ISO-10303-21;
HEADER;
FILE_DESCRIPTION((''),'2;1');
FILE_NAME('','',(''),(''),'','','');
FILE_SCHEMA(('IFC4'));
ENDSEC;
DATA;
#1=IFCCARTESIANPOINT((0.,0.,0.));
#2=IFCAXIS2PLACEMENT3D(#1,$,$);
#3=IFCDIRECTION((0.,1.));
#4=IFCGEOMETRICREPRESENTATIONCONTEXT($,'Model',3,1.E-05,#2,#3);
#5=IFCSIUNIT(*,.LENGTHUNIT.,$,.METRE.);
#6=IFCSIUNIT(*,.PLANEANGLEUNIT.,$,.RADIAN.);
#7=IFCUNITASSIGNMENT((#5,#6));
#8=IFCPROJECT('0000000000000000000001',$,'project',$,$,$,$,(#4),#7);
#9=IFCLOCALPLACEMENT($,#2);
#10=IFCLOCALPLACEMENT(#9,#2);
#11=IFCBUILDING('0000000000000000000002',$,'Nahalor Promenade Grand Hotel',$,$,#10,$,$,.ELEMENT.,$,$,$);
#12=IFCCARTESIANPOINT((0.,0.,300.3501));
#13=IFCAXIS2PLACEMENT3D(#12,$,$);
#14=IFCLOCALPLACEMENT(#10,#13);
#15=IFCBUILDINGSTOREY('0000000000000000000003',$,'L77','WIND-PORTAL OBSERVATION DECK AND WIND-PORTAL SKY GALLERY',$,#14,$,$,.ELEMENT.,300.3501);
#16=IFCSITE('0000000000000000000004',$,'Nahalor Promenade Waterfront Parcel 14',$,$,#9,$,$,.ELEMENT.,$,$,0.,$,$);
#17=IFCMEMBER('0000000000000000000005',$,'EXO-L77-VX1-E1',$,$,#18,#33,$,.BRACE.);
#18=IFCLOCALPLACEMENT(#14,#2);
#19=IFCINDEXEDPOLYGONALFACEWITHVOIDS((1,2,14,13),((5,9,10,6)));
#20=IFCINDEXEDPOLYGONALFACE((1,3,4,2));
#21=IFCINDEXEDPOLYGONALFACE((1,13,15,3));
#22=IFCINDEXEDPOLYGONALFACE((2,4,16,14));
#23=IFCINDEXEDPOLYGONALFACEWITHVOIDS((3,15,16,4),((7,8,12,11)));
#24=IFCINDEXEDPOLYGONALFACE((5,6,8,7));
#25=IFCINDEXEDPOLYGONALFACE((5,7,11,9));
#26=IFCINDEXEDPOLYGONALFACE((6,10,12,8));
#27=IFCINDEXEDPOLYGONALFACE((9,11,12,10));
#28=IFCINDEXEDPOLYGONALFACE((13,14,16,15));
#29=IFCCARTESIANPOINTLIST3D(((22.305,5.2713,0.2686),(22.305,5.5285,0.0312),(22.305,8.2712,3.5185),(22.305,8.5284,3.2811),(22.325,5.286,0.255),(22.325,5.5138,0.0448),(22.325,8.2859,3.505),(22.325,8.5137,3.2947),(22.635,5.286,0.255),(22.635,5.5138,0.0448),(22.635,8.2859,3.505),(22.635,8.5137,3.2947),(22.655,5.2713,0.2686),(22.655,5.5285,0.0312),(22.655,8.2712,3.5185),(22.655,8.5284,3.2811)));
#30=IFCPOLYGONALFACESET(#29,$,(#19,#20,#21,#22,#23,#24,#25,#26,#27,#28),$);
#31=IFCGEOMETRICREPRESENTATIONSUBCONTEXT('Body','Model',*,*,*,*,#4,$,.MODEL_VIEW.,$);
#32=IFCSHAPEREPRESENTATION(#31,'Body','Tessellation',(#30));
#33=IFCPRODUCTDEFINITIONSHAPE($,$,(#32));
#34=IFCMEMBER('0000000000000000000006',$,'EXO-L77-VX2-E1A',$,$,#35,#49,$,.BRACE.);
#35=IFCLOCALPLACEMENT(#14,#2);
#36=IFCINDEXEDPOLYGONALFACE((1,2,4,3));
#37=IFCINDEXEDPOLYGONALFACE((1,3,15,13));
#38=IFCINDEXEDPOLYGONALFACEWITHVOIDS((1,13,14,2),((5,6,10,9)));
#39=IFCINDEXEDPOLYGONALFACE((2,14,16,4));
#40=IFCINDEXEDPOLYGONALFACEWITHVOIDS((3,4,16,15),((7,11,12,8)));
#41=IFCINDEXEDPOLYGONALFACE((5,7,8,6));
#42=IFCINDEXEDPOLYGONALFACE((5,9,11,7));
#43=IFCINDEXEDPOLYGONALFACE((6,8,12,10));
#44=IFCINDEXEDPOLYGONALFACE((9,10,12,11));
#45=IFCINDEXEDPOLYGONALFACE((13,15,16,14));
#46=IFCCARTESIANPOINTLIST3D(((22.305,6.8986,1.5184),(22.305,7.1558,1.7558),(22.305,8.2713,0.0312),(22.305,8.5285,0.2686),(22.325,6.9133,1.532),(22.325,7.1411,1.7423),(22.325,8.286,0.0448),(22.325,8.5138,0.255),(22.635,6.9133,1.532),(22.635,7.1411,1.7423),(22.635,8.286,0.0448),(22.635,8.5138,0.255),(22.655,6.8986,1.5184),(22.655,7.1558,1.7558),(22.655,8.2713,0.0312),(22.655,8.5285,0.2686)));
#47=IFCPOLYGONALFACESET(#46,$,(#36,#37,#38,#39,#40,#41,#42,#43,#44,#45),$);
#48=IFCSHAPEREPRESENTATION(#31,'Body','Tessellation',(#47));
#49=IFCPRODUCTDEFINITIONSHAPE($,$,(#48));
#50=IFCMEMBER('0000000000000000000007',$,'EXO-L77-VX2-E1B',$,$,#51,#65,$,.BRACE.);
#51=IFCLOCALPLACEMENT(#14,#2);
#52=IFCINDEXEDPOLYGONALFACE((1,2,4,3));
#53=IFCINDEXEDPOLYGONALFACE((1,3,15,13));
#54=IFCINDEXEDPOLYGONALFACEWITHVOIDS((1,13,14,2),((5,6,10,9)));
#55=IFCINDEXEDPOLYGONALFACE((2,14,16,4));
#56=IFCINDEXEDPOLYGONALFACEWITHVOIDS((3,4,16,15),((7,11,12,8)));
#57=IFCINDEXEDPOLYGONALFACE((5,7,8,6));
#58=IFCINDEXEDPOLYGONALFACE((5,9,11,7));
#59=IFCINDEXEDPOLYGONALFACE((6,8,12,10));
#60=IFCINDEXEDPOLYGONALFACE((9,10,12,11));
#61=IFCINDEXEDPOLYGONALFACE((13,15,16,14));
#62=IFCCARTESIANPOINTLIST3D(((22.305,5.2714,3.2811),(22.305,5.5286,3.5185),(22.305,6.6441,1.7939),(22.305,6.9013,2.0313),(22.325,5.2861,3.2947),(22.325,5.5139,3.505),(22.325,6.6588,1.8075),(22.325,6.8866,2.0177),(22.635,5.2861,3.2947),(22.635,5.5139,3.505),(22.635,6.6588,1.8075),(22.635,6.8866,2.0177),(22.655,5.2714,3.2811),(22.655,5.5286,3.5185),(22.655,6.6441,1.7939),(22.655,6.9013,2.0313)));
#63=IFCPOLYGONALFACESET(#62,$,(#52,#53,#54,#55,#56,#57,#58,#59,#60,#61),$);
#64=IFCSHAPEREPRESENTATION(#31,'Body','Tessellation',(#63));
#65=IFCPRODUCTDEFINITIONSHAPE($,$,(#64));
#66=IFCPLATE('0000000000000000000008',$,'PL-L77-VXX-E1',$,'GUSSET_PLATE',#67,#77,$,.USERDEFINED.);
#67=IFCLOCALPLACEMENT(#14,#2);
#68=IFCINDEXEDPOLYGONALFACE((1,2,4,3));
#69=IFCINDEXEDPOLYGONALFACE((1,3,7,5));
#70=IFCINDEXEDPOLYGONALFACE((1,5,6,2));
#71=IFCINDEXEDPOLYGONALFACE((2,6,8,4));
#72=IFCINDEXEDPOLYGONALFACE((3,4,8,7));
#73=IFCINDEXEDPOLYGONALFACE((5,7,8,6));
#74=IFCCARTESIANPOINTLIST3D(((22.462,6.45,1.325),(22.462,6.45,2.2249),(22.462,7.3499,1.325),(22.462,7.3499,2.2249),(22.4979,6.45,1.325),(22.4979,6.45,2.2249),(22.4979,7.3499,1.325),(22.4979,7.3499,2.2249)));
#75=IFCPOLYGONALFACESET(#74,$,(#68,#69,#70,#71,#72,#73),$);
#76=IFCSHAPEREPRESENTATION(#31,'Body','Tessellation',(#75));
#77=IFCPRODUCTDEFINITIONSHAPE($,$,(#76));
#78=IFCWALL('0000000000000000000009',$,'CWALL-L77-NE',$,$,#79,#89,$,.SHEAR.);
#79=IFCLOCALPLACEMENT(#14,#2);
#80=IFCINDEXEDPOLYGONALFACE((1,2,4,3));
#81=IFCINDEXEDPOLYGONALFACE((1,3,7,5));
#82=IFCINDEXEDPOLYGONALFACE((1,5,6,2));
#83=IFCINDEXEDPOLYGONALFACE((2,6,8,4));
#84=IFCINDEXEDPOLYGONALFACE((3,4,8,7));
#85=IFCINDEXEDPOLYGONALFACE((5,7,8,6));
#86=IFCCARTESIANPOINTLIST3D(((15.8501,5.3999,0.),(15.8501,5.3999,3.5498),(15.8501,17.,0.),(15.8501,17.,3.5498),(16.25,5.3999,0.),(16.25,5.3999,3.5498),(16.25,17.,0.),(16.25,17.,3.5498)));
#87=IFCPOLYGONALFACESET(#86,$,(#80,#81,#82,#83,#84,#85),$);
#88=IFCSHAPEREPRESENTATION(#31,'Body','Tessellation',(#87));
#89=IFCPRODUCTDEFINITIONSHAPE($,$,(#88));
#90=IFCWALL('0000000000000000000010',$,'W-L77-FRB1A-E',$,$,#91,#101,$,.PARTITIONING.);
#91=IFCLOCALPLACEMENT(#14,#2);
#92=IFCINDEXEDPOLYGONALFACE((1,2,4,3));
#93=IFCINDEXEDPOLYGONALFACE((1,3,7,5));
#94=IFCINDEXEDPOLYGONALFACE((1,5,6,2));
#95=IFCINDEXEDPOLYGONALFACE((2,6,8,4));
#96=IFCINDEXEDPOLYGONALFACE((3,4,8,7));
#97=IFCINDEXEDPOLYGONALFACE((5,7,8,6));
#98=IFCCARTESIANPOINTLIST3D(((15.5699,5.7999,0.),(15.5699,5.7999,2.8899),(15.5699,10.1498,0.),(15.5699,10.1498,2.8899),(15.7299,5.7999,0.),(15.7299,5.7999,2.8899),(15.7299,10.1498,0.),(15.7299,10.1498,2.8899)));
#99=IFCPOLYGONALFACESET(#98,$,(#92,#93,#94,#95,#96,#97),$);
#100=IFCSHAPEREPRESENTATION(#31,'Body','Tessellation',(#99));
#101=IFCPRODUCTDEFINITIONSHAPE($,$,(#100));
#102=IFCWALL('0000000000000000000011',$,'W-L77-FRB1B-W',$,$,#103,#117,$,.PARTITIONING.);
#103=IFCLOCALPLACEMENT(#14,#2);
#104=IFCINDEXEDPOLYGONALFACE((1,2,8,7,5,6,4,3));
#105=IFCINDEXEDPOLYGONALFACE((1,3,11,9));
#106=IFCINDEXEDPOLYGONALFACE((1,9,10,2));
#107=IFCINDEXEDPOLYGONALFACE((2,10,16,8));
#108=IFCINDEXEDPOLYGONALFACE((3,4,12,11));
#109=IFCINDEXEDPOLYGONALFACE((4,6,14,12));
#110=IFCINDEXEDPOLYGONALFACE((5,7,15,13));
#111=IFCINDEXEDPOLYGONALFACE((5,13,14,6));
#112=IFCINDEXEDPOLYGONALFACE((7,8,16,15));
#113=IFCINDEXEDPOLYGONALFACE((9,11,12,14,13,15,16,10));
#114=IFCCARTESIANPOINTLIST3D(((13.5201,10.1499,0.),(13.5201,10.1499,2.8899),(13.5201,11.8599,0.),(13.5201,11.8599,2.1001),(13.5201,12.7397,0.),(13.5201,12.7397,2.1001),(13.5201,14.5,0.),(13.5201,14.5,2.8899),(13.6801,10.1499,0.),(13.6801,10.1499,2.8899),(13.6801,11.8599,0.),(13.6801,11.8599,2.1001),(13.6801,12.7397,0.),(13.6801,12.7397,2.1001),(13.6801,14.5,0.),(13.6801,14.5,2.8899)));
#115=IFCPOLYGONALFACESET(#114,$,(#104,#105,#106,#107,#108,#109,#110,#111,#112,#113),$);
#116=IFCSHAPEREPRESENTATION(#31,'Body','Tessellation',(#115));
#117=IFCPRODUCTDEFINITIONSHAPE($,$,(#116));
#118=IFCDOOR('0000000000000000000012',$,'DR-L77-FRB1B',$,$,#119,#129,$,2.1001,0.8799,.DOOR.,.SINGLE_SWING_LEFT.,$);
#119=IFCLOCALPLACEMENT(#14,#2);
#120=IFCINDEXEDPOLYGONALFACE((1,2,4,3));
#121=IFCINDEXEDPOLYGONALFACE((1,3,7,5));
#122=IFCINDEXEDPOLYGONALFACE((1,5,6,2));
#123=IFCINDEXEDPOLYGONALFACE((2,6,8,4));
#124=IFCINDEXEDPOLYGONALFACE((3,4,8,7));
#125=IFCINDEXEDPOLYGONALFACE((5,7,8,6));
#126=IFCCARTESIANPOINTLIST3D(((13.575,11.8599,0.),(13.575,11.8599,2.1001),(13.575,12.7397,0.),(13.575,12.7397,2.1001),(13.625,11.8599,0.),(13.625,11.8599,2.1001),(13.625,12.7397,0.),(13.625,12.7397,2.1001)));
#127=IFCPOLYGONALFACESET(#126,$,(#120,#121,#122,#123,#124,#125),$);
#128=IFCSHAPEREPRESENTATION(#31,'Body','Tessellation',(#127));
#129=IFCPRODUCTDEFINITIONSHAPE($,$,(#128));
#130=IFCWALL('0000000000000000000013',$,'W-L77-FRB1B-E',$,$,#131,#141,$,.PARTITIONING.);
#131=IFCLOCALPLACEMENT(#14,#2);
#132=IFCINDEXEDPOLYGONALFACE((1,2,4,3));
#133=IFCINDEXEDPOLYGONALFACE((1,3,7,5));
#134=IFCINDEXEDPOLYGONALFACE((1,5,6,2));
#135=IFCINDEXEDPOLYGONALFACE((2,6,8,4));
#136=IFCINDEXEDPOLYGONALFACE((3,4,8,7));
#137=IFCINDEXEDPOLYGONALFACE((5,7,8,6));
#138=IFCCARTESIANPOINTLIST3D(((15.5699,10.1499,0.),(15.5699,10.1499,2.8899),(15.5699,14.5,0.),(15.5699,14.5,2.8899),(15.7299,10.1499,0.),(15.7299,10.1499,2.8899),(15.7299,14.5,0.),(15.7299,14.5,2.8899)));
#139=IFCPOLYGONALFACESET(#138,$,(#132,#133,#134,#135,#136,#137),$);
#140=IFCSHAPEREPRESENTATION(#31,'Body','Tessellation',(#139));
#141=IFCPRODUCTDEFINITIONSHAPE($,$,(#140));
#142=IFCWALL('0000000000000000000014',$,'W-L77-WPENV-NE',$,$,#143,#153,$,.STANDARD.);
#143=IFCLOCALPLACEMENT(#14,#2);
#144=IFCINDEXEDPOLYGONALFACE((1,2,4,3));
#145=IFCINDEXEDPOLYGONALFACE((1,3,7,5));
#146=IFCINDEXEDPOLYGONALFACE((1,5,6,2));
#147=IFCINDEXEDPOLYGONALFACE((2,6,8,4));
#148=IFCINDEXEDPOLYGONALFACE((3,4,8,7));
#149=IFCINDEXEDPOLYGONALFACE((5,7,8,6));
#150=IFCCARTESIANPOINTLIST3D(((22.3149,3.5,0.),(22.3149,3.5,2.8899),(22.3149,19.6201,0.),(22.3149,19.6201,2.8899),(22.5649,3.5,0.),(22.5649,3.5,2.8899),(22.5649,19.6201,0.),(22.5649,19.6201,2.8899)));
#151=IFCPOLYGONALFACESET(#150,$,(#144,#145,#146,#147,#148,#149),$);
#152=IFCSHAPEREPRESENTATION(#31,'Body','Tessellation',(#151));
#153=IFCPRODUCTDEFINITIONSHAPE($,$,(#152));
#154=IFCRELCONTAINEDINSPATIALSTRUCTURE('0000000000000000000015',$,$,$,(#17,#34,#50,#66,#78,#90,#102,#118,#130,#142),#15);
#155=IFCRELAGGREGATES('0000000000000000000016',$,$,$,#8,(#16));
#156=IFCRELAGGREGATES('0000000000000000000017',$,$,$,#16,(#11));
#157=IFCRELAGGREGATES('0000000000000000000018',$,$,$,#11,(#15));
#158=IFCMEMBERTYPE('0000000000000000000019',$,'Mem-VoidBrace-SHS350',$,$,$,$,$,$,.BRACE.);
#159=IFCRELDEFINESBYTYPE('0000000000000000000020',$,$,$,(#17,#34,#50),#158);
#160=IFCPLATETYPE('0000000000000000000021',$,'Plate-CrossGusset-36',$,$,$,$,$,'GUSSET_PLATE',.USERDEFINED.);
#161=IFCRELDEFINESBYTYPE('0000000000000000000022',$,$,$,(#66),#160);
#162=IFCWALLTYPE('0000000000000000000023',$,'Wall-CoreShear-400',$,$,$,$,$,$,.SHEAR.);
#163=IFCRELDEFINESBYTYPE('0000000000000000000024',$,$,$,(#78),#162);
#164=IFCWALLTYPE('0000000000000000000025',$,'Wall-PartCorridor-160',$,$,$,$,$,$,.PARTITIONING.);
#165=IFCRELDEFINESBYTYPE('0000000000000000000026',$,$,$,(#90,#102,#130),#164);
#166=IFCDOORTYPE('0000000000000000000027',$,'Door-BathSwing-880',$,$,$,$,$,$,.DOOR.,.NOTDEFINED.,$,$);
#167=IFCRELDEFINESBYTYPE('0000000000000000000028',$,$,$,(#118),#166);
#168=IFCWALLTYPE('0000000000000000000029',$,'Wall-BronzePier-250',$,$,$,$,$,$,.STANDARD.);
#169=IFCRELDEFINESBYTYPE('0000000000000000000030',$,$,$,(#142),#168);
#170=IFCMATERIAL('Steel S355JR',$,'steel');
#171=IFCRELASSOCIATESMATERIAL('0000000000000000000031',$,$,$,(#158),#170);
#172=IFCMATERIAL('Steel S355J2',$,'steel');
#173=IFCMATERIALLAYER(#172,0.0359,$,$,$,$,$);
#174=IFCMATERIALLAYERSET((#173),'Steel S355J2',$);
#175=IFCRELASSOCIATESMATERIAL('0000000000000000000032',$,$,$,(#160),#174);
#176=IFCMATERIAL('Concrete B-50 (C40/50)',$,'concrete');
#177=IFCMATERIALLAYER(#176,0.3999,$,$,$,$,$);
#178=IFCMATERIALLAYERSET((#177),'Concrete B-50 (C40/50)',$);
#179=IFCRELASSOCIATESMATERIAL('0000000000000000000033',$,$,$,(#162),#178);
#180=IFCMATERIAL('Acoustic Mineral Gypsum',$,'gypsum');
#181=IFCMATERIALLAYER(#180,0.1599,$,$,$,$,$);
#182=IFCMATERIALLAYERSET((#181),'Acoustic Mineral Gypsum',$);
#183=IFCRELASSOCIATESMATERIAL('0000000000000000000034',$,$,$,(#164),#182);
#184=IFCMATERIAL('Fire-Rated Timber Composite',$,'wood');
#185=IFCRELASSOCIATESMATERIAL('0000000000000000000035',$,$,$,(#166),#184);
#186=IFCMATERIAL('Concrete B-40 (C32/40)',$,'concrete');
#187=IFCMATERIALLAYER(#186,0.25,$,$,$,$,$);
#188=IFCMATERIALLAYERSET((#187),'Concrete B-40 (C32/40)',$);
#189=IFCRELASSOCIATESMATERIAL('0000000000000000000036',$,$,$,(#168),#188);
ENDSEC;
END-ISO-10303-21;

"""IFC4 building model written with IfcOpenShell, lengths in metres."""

from ifc_helpers import new_model, si_unit, direction, frame, frame_2d, origin, origin_2d, place, context, subcontext, project, spatial, rectangle, hollow_rectangle, extrude, source, transform, mapped, material, layer, layer_set, material_profile, profile_set, type_object, element, fill, save


model = new_model("IFC4")

# Units and contexts
model_context = context("Model", 3, precision=1e-05, world=origin(), true_north=direction((0.0, 1.0)))
body_context = subcontext(model_context, "Body", "Model", "MODEL_VIEW")
ifc_project = project(units=[si_unit("LENGTHUNIT", "METRE"), si_unit("PLANEANGLEUNIT", "RADIAN")], contexts=[model_context])

# Site, building, storey
site_placement = place(None, origin())
site = spatial("IfcSite", under=ifc_project, at=site_placement, Name="Nahalor Promenade Waterfront Parcel 14", CompositionType="ELEMENT", RefElevation=0.0)
building_placement = place(site_placement, origin())
building = spatial("IfcBuilding", under=site, at=building_placement, Name="Nahalor Promenade Grand Hotel", CompositionType="ELEMENT")
storey_placement = place(building_placement, frame((0.0, 0.0, 300.3501)))
storey = spatial("IfcBuildingStorey", under=building, at=storey_placement, Name="L77", Description="WIND-PORTAL OBSERVATION DECK AND WIND-PORTAL SKY GALLERY", CompositionType="ELEMENT", Elevation=300.3501)

# Shared definitions
ifc_material_1 = material(Name="Steel S355JR", Category="steel")

# Members
ifc_material_profile_1 = material_profile(ifc_material_1, hollow_rectangle(XDim=0.35, YDim=0.35, WallThickness=0.02, at=origin_2d()), Name="SHS 350x350x20")
ifc_profile_set_1 = profile_set([ifc_material_profile_1], Name="Steel S355JR")
member_type = type_object("IfcMemberType", Name="Mem-VoidBrace-SHS350", PredefinedType="BRACE", material=ifc_profile_set_1)
shared_shape_1 = source(origin(), body_context, "Body", "SweptSolid", [
    extrude(hollow_rectangle(XDim=0.35, YDim=0.35, WallThickness=0.02, at=origin_2d()), origin(), (0.0, 0.0, 1.0), 4.4229),
])
member_placement = place(storey_placement, frame((22.48, 5.3999, 0.1499), z_axis=(0.0, 0.67828, 0.734803), x_axis=(-1.0, 0.0, 0.0)))
element("IfcMember", 1, at=member_placement, inside=storey, type_object=member_type, Name="EXO-L77-VX1-E1", PredefinedType="BRACE", context=body_context, shape_type="MappedRepresentation", body=[
    mapped(shared_shape_1, transform((0.0, 0.0, 0.0), scale=1.0)),
])
shared_shape_2 = source(origin(), body_context, "Body", "SweptSolid", [
    extrude(hollow_rectangle(XDim=0.35, YDim=0.35, WallThickness=0.02, at=origin_2d()), origin(), (0.0, 0.0, 1.0), 2.0239),
])
for number, where, z_axis, x_axis, name in (
    (2, (22.48, 8.3999, 0.1499), (0.0, -0.678255, 0.734827), (1.0, 0.0, 0.0), "EXO-L77-VX2-E1A"),
    (3, (22.48, 6.7727, 1.9126), (0.0, -0.678255, 0.734827), (1.0, 0.0, 0.0), "EXO-L77-VX2-E1B"),
):
    element("IfcMember", number, at=place(storey_placement, frame(where, z_axis=z_axis, x_axis=x_axis)), inside=storey, type_object=member_type, Name=name, PredefinedType="BRACE", context=body_context, shape_type="MappedRepresentation", body=[
        mapped(shared_shape_2, transform((0.0, 0.0, 0.0), scale=1.0)),
    ])

# Plate
ifc_material_2 = material(Name="Steel S355J2", Category="steel")
ifc_layer_1 = layer(ifc_material_2, 0.0359)
ifc_layer_set_1 = layer_set([ifc_layer_1], Name="Steel S355J2")
plate_type = type_object("IfcPlateType", Name="Plate-CrossGusset-36", ElementType="GUSSET_PLATE", PredefinedType="USERDEFINED", material=ifc_layer_set_1)
shared_shape_3 = source(origin(), body_context, "Body", "SweptSolid", [
    extrude(rectangle(XDim=0.8999, YDim=0.0359, at=origin_2d()), origin(), (0.0, 0.0, 1.0), 0.8999),
])
plate_placement = place(storey_placement, frame((22.48, 6.8999, 1.325), z_axis=(0.0, 0.0, 1.0), x_axis=(0.0, 1.0, 0.0)))
element("IfcPlate", 4, at=plate_placement, inside=storey, type_object=plate_type, Name="PL-L77-VXX-E1", ObjectType="GUSSET_PLATE", PredefinedType="USERDEFINED", context=body_context, shape_type="MappedRepresentation", body=[
    mapped(shared_shape_3, transform((0.0, 0.0, 0.0), scale=1.0)),
])

# Walls
ifc_material_3 = material(Name="Concrete B-50 (C40/50)", Category="concrete")
ifc_layer_2 = layer(ifc_material_3, 0.3999)
ifc_layer_set_2 = layer_set([ifc_layer_2], Name="Concrete B-50 (C40/50)")
wall_type_1 = type_object("IfcWallType", Name="Wall-CoreShear-400", PredefinedType="SHEAR", material=ifc_layer_set_2)
shared_shape_4 = source(origin(), body_context, "Body", "SweptSolid", [
    extrude(rectangle(XDim=11.6001, YDim=0.3999, at=frame_2d((5.8, 0.0))), origin(), (0.0, 0.0, 1.0), 3.5498),
])
wall_1_placement = place(storey_placement, frame((16.05, 5.3999, 0.0), z_axis=(0.0, 0.0, 1.0), x_axis=(0.0, 1.0, 0.0)))
element("IfcWall", 5, at=wall_1_placement, inside=storey, type_object=wall_type_1, Name="CWALL-L77-NE", PredefinedType="SHEAR", context=body_context, shape_type="MappedRepresentation", body=[
    mapped(shared_shape_4, transform((0.0, 0.0, 0.0), scale=1.0)),
])
ifc_material_4 = material(Name="Acoustic Mineral Gypsum", Category="gypsum")
ifc_layer_3 = layer(ifc_material_4, 0.1599)
ifc_layer_set_3 = layer_set([ifc_layer_3], Name="Acoustic Mineral Gypsum")
wall_type_2 = type_object("IfcWallType", Name="Wall-PartCorridor-160", PredefinedType="PARTITIONING", material=ifc_layer_set_3)
shared_shape_5 = source(origin(), body_context, "Body", "SweptSolid", [
    extrude(rectangle(XDim=4.3499, YDim=0.1599, at=frame_2d((2.1748, 0.0))), origin(), (0.0, 0.0, 1.0), 2.8899),
])
wall_2_placement = place(storey_placement, frame((15.6499, 5.8, 0.0), z_axis=(0.0, 0.0, 1.0), x_axis=(0.0, 1.0, 0.0)))
element("IfcWall", 6, at=wall_2_placement, inside=storey, type_object=wall_type_2, Name="W-L77-FRB1A-E", PredefinedType="PARTITIONING", context=body_context, shape_type="MappedRepresentation", body=[
    mapped(shared_shape_5, transform((0.0, 0.0, 0.0), scale=1.0)),
])

# Wall, opening, door
shared_shape_6 = source(origin(), body_context, "Body", "SweptSolid", [
    extrude(rectangle(XDim=4.3501, YDim=0.1599, at=frame_2d((2.175, 0.0))), origin(), (0.0, 0.0, 1.0), 2.8899),
])
wall_3_placement = place(storey_placement, frame((13.6001, 10.1499, 0.0), z_axis=(0.0, 0.0, 1.0), x_axis=(0.0, 1.0, 0.0)))
wall_3 = element("IfcWall", 7, at=wall_3_placement, inside=storey, type_object=wall_type_2, Name="W-L77-FRB1B-W", PredefinedType="PARTITIONING", context=body_context, shape_type="MappedRepresentation", body=[
    mapped(shared_shape_6, transform((0.0, 0.0, 0.0), scale=1.0)),
])
opening_1_placement = place(wall_3_placement, frame((1.71, 0.0, 0.0)))
opening_1 = element("IfcOpeningElement", 8, at=opening_1_placement, cuts=wall_3, PredefinedType="OPENING", context=body_context, shape_type="SweptSolid", body=[
    extrude(rectangle(XDim=0.8799, YDim=2.1001, at=frame_2d((0.4399, 1.05))), frame((0.0, 0.0898, 0.0), z_axis=(0.0, -1.0, 0.0), x_axis=(1.0, 0.0, 0.0)), (0.0, 0.0, 1.0), 0.1799),
])
ifc_material_5 = material(Name="Fire-Rated Timber Composite", Category="wood")
door_type = type_object("IfcDoorType", Name="Door-BathSwing-880", OperationType="NOTDEFINED", PredefinedType="DOOR", material=ifc_material_5)
shared_shape_7 = source(origin(), body_context, "Body", "SweptSolid", [
    extrude(rectangle(XDim=0.8799, YDim=2.1001, at=frame_2d((0.4399, 1.05))), frame((0.0, 0.0249, 0.0), z_axis=(0.0, -1.0, 0.0), x_axis=(1.0, 0.0, 0.0)), (0.0, 0.0, 1.0), 0.05),
])
door_1_placement = place(opening_1_placement, frame((0.8799, 0.0, 0.0), z_axis=(0.0, 0.0, 1.0), x_axis=(-1.0, 0.0, 0.0)))
door_1 = element("IfcDoor", 9, at=door_1_placement, inside=storey, type_object=door_type, Name="DR-L77-FRB1B", OperationType="SINGLE_SWING_LEFT", OverallHeight=2.1001, OverallWidth=0.8799, PredefinedType="DOOR", context=body_context, shape_type="MappedRepresentation", body=[
    mapped(shared_shape_7, transform((0.0, 0.0, 0.0), scale=1.0)),
])
fill(opening_1, door_1)

# Walls
wall_4_placement = place(storey_placement, frame((15.6499, 10.1499, 0.0), z_axis=(0.0, 0.0, 1.0), x_axis=(0.0, 1.0, 0.0)))
element("IfcWall", 10, at=wall_4_placement, inside=storey, type_object=wall_type_2, Name="W-L77-FRB1B-E", PredefinedType="PARTITIONING", context=body_context, shape_type="MappedRepresentation", body=[
    mapped(shared_shape_6, transform((0.0, 0.0, 0.0), scale=1.0)),
])
ifc_material_6 = material(Name="Concrete B-40 (C32/40)", Category="concrete")
ifc_layer_4 = layer(ifc_material_6, 0.25)
ifc_layer_set_4 = layer_set([ifc_layer_4], Name="Concrete B-40 (C32/40)")
wall_type_3 = type_object("IfcWallType", Name="Wall-BronzePier-250", PredefinedType="STANDARD", material=ifc_layer_set_4)
shared_shape_8 = source(origin(), body_context, "Body", "SweptSolid", [
    extrude(rectangle(XDim=16.1201, YDim=0.25, at=frame_2d((8.0601, 0.0))), origin(), (0.0, 0.0, 1.0), 2.8899),
])
wall_5_placement = place(storey_placement, frame((22.4399, 3.5, 0.0), z_axis=(0.0, 0.0, 1.0), x_axis=(0.0, 1.0, 0.0)))
element("IfcWall", 11, at=wall_5_placement, inside=storey, type_object=wall_type_3, Name="W-L77-WPENV-NE", PredefinedType="STANDARD", context=body_context, shape_type="MappedRepresentation", body=[
    mapped(shared_shape_8, transform((0.0, 0.0, 0.0), scale=1.0)),
])

save(model, "model.ifc")
